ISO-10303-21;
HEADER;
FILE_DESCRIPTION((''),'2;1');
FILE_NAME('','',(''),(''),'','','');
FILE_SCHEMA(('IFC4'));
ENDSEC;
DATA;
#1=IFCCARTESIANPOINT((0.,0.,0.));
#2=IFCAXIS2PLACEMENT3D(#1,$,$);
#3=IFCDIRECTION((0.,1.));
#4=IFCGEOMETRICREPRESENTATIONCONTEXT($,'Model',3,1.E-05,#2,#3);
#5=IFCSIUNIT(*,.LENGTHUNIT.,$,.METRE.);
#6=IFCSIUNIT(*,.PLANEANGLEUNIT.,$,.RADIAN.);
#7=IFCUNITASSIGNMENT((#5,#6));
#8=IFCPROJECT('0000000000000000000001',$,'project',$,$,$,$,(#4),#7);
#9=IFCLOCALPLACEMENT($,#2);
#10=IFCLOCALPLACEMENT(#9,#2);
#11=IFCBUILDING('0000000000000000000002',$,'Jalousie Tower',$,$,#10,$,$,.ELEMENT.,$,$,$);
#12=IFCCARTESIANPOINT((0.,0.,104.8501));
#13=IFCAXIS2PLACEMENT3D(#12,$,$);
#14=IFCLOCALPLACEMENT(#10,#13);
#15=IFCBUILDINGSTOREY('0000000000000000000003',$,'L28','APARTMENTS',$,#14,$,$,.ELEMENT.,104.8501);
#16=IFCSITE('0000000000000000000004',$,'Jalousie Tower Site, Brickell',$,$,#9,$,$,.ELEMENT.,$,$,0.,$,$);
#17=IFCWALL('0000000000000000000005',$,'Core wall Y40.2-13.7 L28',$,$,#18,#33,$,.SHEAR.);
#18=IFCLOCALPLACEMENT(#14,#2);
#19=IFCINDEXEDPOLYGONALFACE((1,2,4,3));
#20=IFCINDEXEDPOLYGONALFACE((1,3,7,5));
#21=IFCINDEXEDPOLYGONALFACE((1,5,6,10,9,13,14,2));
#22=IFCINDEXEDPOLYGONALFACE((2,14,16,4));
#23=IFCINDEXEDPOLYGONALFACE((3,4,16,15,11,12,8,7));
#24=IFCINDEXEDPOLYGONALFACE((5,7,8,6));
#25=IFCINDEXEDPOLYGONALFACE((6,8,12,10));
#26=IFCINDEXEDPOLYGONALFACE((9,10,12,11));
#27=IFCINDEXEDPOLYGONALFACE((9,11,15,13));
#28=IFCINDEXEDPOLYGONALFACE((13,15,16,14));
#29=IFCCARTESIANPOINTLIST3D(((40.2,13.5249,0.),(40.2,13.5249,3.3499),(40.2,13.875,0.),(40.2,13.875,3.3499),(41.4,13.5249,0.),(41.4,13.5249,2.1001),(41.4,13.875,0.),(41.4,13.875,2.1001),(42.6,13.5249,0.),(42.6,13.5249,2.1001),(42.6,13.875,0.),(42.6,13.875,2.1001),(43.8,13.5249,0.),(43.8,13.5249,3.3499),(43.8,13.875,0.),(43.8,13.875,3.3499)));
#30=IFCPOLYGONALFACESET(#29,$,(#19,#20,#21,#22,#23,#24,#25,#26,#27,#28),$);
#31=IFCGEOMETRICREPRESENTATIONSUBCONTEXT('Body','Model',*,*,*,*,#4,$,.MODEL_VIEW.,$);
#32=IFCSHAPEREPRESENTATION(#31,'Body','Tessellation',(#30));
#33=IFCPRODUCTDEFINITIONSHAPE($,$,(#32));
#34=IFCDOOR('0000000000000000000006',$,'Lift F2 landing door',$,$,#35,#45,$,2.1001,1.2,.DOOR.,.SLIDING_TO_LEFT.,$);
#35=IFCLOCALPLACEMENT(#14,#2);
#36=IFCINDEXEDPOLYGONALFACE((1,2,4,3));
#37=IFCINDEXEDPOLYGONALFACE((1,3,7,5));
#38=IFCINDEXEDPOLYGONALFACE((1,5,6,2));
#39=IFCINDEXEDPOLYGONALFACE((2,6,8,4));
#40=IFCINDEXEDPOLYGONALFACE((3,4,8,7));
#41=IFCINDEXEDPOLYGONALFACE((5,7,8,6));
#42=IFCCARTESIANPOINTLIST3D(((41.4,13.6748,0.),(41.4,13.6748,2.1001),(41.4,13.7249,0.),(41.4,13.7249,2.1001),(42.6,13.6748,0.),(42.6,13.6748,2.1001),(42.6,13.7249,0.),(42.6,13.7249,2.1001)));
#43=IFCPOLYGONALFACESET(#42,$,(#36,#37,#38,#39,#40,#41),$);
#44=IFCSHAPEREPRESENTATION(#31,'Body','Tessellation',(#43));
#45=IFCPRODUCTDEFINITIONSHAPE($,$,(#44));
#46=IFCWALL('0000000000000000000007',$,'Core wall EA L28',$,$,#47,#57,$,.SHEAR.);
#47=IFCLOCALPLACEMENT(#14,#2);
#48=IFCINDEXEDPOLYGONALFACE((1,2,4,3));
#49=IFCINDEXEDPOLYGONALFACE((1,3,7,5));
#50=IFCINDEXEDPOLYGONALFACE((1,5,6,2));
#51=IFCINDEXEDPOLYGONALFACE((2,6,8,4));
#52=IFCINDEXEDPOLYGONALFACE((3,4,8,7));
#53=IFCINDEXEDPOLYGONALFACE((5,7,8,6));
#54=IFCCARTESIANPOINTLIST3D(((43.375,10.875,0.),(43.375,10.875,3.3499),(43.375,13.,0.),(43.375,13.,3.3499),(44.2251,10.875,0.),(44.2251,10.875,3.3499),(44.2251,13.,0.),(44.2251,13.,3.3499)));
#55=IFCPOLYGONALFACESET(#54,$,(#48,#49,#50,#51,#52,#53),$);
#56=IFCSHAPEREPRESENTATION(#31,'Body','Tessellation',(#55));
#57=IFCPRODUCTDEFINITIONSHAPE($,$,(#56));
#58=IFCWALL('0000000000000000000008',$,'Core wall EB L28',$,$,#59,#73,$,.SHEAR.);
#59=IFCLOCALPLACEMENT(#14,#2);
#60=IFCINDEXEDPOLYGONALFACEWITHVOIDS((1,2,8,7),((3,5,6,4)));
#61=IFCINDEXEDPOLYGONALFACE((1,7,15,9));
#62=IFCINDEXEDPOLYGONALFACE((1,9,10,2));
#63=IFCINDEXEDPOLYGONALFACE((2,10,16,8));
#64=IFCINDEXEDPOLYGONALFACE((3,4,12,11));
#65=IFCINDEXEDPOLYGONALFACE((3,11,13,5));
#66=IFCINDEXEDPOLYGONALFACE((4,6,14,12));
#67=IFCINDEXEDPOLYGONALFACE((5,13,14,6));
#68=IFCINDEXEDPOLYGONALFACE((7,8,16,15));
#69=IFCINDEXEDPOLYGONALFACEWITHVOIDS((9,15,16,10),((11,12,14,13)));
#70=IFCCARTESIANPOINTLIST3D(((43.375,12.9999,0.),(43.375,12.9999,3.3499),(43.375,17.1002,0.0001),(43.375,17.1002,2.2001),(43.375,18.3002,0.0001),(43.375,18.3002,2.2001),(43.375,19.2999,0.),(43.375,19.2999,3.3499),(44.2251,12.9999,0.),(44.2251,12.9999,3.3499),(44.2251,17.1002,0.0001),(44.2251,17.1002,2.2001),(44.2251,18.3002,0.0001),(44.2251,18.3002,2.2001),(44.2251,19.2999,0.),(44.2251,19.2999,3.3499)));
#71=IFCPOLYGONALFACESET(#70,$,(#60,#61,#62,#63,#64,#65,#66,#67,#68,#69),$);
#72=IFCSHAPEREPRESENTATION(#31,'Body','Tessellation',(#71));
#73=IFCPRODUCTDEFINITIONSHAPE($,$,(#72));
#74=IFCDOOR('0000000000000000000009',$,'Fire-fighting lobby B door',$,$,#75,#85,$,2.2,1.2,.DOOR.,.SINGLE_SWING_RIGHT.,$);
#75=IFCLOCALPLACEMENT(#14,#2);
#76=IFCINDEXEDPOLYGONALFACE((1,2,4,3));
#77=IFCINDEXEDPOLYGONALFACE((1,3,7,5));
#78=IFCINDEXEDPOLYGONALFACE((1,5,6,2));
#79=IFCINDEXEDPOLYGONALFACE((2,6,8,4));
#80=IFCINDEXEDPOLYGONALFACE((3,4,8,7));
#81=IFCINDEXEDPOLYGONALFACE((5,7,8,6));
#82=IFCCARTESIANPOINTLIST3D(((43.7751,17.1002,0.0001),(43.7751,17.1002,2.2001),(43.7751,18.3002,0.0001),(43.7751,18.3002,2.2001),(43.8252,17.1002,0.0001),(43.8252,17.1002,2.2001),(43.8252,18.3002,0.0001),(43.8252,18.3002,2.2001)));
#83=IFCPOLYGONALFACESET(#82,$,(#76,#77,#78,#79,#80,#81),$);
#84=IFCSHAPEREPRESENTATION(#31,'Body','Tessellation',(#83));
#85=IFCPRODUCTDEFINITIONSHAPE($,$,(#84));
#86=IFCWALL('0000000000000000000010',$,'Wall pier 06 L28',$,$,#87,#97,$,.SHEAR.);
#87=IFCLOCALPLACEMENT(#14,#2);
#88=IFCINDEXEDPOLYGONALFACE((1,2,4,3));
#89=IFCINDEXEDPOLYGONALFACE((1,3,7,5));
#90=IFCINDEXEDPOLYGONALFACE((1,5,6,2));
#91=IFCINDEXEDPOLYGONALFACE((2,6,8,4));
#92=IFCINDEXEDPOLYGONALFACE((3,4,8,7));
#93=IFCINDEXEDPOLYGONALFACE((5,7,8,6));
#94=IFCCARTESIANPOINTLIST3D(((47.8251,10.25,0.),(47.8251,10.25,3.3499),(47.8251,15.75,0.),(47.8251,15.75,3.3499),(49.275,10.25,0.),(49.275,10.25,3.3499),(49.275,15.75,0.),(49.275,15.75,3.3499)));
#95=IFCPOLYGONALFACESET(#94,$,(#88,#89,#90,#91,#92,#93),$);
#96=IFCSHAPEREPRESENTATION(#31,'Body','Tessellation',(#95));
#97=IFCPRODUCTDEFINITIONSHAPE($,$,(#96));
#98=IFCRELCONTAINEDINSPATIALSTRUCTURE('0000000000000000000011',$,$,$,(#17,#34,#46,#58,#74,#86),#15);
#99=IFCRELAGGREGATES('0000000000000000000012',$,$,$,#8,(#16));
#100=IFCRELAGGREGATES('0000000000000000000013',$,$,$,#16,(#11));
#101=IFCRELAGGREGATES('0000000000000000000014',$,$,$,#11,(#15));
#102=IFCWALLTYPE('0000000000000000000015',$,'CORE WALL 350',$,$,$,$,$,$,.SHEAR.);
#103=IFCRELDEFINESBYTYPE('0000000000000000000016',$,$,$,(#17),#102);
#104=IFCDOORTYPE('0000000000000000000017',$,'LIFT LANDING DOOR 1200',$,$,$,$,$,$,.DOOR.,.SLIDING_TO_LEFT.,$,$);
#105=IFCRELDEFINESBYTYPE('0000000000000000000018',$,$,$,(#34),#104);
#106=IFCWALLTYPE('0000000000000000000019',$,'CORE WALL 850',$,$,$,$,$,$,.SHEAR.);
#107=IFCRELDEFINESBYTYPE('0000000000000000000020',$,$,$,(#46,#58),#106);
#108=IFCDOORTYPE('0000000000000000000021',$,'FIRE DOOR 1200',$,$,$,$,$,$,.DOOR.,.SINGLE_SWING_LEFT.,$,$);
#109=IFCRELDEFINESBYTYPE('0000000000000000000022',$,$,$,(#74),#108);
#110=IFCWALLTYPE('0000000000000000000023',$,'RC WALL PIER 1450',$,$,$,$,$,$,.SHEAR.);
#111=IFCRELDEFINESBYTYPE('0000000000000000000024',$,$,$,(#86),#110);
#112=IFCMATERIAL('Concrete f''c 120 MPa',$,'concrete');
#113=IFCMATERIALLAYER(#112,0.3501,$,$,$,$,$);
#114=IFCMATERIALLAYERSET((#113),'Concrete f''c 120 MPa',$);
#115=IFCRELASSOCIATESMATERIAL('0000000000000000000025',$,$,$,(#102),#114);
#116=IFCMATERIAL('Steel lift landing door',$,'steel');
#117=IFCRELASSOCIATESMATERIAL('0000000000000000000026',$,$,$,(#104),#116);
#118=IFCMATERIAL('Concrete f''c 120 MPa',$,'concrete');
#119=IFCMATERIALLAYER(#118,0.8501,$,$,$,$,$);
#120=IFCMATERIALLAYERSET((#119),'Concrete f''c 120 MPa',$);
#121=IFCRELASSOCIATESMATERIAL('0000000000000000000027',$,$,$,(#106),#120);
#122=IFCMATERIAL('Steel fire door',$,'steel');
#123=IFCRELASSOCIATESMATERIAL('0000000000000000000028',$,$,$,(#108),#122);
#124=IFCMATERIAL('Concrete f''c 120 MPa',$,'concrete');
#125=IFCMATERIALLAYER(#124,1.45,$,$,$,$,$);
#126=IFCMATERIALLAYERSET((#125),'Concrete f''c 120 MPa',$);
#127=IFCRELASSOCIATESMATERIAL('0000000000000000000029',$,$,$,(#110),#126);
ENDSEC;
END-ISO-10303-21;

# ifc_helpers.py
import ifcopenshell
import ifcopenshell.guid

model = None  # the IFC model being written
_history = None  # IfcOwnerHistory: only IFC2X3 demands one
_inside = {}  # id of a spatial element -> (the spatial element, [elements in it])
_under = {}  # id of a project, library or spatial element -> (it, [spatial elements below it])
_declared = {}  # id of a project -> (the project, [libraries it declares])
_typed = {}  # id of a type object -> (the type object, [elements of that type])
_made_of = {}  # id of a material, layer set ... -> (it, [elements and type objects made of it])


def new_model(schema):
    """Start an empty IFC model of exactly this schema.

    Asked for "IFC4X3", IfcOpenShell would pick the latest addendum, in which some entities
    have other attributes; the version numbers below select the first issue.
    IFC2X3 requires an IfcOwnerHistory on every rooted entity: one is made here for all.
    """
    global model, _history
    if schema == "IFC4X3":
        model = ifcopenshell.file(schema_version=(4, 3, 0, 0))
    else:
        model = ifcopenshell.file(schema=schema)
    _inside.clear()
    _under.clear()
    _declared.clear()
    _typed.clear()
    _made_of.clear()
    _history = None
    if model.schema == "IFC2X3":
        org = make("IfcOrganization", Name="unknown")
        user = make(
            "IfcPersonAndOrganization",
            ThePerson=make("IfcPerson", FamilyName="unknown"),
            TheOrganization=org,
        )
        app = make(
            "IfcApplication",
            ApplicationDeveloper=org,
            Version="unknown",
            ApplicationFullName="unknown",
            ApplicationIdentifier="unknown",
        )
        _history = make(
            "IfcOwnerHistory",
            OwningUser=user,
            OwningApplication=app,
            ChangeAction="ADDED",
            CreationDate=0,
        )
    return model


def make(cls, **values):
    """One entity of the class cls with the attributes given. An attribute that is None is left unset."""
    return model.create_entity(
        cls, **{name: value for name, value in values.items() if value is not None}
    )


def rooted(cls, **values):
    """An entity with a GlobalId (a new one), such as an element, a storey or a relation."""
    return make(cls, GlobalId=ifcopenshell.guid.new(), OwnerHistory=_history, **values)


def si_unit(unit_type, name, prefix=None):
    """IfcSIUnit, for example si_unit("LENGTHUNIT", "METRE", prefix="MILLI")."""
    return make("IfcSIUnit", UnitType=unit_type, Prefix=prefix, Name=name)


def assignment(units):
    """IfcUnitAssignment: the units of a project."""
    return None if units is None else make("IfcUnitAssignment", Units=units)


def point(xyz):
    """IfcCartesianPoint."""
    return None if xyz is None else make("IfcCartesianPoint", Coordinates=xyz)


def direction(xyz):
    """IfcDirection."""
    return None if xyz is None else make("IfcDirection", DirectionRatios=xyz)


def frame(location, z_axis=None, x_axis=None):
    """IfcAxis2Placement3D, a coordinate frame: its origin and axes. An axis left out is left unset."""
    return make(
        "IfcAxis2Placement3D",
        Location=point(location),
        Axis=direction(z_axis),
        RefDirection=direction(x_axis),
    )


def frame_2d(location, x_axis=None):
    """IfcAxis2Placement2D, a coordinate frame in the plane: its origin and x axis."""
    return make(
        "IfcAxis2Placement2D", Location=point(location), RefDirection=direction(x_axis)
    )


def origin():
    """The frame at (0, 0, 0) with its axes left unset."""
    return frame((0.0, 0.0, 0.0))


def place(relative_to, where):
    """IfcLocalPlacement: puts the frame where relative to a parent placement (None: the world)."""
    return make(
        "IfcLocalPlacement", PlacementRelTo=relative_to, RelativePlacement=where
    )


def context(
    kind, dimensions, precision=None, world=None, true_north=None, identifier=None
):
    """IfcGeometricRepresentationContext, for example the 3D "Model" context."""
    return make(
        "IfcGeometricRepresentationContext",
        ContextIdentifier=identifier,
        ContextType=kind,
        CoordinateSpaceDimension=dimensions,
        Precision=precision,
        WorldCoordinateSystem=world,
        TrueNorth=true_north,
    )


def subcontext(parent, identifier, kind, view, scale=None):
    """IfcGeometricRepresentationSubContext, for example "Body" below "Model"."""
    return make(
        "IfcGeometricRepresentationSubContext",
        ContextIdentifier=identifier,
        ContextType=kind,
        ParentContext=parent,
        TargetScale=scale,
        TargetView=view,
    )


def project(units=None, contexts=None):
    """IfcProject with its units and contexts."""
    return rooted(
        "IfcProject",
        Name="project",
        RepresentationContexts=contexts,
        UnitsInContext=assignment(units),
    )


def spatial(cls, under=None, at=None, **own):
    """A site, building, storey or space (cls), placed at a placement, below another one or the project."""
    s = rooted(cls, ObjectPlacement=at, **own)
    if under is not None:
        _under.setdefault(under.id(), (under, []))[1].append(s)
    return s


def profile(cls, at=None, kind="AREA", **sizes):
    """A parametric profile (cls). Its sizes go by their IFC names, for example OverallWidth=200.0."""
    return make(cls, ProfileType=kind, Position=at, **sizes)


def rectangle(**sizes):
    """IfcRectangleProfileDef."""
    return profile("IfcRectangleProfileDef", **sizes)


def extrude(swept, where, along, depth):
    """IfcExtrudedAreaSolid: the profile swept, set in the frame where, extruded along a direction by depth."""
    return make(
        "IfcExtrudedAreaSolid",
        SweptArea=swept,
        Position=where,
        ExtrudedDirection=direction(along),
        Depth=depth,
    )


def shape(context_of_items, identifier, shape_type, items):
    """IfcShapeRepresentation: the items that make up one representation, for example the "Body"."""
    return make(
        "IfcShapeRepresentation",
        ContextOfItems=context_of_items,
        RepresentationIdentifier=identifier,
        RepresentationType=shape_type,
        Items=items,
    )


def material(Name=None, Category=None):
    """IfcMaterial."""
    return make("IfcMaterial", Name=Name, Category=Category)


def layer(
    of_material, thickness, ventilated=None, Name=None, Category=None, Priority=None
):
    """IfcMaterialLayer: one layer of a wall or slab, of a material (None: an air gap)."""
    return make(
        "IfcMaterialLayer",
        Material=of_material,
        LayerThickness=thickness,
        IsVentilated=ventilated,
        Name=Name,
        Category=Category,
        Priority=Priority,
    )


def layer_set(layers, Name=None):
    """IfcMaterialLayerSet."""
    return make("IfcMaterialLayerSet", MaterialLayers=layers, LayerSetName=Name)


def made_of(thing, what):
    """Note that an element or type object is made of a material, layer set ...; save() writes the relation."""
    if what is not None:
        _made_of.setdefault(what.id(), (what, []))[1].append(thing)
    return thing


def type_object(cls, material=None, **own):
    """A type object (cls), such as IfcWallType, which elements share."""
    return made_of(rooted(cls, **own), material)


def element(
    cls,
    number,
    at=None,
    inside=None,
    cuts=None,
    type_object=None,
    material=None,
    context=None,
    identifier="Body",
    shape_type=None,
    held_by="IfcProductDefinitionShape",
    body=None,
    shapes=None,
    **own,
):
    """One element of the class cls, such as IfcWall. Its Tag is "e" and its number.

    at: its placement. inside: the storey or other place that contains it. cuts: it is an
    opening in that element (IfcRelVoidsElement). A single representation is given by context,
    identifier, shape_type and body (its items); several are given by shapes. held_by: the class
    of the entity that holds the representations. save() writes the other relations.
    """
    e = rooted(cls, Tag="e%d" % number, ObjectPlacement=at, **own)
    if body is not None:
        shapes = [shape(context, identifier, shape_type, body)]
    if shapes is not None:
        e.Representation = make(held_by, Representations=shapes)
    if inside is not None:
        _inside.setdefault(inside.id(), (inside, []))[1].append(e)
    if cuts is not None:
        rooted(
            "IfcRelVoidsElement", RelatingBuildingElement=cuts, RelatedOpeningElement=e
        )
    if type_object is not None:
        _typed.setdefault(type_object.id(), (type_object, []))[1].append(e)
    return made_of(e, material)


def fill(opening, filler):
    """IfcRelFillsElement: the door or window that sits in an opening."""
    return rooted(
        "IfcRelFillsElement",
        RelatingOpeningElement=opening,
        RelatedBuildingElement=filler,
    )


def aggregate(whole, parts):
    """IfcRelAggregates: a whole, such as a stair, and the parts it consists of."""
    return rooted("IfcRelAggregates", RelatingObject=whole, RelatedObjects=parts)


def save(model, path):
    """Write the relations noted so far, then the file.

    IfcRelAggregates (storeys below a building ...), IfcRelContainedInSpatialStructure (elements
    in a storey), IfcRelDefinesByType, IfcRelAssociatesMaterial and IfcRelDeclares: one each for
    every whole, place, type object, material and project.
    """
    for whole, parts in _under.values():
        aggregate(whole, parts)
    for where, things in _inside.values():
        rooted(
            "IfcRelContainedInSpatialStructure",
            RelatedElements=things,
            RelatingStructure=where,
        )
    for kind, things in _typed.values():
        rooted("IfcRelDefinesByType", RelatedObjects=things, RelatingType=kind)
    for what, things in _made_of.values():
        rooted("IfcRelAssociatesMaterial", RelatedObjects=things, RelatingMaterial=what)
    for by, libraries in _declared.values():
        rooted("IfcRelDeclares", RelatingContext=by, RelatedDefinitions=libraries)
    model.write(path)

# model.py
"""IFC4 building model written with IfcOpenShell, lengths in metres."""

from ifc_helpers import new_model, si_unit, direction, frame, frame_2d, origin, place, context, subcontext, project, spatial, rectangle, extrude, material, layer, layer_set, type_object, element, fill, save


model = new_model("IFC4")

# Units and contexts
model_context = context("Model", 3, precision=1e-05, world=origin(), true_north=direction((0.0, 1.0)))
body_context = subcontext(model_context, "Body", "Model", "MODEL_VIEW")
ifc_project = project(units=[si_unit("LENGTHUNIT", "METRE"), si_unit("PLANEANGLEUNIT", "RADIAN")], contexts=[model_context])

# Site, building, storey
site_placement = place(None, origin())
site = spatial("IfcSite", under=ifc_project, at=site_placement, Name="Jalousie Tower Site, Brickell", CompositionType="ELEMENT", RefElevation=0.0)
building_placement = place(site_placement, origin())
building = spatial("IfcBuilding", under=site, at=building_placement, Name="Jalousie Tower", CompositionType="ELEMENT")
storey_placement = place(building_placement, frame((0.0, 0.0, 104.8501)))
storey = spatial("IfcBuildingStorey", under=building, at=storey_placement, Name="L28", Description="APARTMENTS", CompositionType="ELEMENT", Elevation=104.8501)

# Shared definitions
ifc_material_1 = material(Name="Concrete f'c 120 MPa", Category="concrete")
ifc_layer_1 = layer(ifc_material_1, 0.3501)
ifc_layer_set_1 = layer_set([ifc_layer_1], Name="Concrete f'c 120 MPa")
wall_type_1 = type_object("IfcWallType", Name="CORE WALL 350", PredefinedType="SHEAR", material=ifc_layer_set_1)

# Wall, opening, door
wall_1_placement = place(storey_placement, frame((40.2, 13.7, 0.0), z_axis=(0.0, 0.0, 1.0), x_axis=(1.0, 0.0, 0.0)))
wall_1 = element("IfcWall", 1, at=wall_1_placement, inside=storey, type_object=wall_type_1, Name="Core wall Y40.2-13.7 L28", PredefinedType="SHEAR", context=body_context, shape_type="SweptSolid", body=[
    extrude(rectangle(XDim=3.6001, YDim=0.3501, at=frame_2d((1.8, 0.0))), origin(), (0.0, 0.0, 1.0), 3.3499),
])
opening_1_placement = place(wall_1_placement, frame((1.2, 0.0, 0.0)))
opening_1 = element("IfcOpeningElement", 2, at=opening_1_placement, cuts=wall_1, PredefinedType="OPENING", context=body_context, shape_type="SweptSolid", body=[
    extrude(rectangle(XDim=1.2, YDim=2.1001, at=frame_2d((0.6001, 1.05))), frame((0.0, 0.1851, 0.0), z_axis=(0.0, -1.0, 0.0), x_axis=(1.0, 0.0, 0.0)), (0.0, 0.0, 1.0), 0.3701),
])
ifc_material_2 = material(Name="Steel lift landing door", Category="steel")
door_type_1 = type_object("IfcDoorType", Name="LIFT LANDING DOOR 1200", OperationType="SLIDING_TO_LEFT", PredefinedType="DOOR", material=ifc_material_2)
door_1_placement = place(opening_1_placement, origin())
door_1 = element("IfcDoor", 3, at=door_1_placement, inside=storey, type_object=door_type_1, Name="Lift F2 landing door", OperationType="SLIDING_TO_LEFT", OverallHeight=2.1001, OverallWidth=1.2, PredefinedType="DOOR", context=body_context, shape_type="SweptSolid", body=[
    extrude(rectangle(XDim=1.2, YDim=2.1001, at=frame_2d((0.6001, 1.05))), frame((0.0, 0.0249, 0.0), z_axis=(0.0, -1.0, 0.0), x_axis=(1.0, 0.0, 0.0)), (0.0, 0.0, 1.0), 0.05),
])
fill(opening_1, door_1)

# Wall
ifc_material_3 = material(Name="Concrete f'c 120 MPa", Category="concrete")
ifc_layer_2 = layer(ifc_material_3, 0.8501)
ifc_layer_set_2 = layer_set([ifc_layer_2], Name="Concrete f'c 120 MPa")
wall_type_2 = type_object("IfcWallType", Name="CORE WALL 850", PredefinedType="SHEAR", material=ifc_layer_set_2)
wall_2_placement = place(storey_placement, frame((43.8, 10.875, 0.0), z_axis=(0.0, 0.0, 1.0), x_axis=(0.0, 1.0, 0.0)))
element("IfcWall", 4, at=wall_2_placement, inside=storey, type_object=wall_type_2, Name="Core wall EA L28", PredefinedType="SHEAR", context=body_context, shape_type="SweptSolid", body=[
    extrude(rectangle(XDim=2.125, YDim=0.8501, at=frame_2d((1.0625, 0.0))), origin(), (0.0, 0.0, 1.0), 3.3499),
])

# Wall, opening, door
wall_3_placement = place(storey_placement, frame((43.8, 13.0, 0.0), z_axis=(0.0, 0.0, 1.0), x_axis=(0.0, 1.0, 0.0)))
wall_3 = element("IfcWall", 5, at=wall_3_placement, inside=storey, type_object=wall_type_2, Name="Core wall EB L28", PredefinedType="SHEAR", context=body_context, shape_type="SweptSolid", body=[
    extrude(rectangle(XDim=6.3, YDim=0.8501, at=frame_2d((3.1499, 0.0))), origin(), (0.0, 0.0, 1.0), 3.3499),
])
opening_2_placement = place(wall_3_placement, frame((4.1001, 0.0, 0.0)))
opening_2 = element("IfcOpeningElement", 6, at=opening_2_placement, cuts=wall_3, PredefinedType="OPENING", context=body_context, shape_type="SweptSolid", body=[
    extrude(rectangle(XDim=1.2, YDim=2.2, at=frame_2d((0.6001, 1.1001))), frame((0.0, 0.4351, 0.0), z_axis=(0.0, -1.0, 0.0), x_axis=(1.0, 0.0, 0.0)), (0.0, 0.0, 1.0), 0.8701),
])
ifc_material_4 = material(Name="Steel fire door", Category="steel")
door_type_2 = type_object("IfcDoorType", Name="FIRE DOOR 1200", OperationType="SINGLE_SWING_LEFT", PredefinedType="DOOR", material=ifc_material_4)
door_2_placement = place(opening_2_placement, origin())
door_2 = element("IfcDoor", 7, at=door_2_placement, inside=storey, type_object=door_type_2, Name="Fire-fighting lobby B door", OperationType="SINGLE_SWING_RIGHT", OverallHeight=2.2, OverallWidth=1.2, PredefinedType="DOOR", context=body_context, shape_type="SweptSolid", body=[
    extrude(rectangle(XDim=1.2, YDim=2.2, at=frame_2d((0.6001, 1.1001))), frame((0.0, 0.0249, 0.0), z_axis=(0.0, -1.0, 0.0), x_axis=(1.0, 0.0, 0.0)), (0.0, 0.0, 1.0), 0.05),
])
fill(opening_2, door_2)

# Wall
ifc_material_5 = material(Name="Concrete f'c 120 MPa", Category="concrete")
ifc_layer_3 = layer(ifc_material_5, 1.45)
ifc_layer_set_3 = layer_set([ifc_layer_3], Name="Concrete f'c 120 MPa")
wall_type_3 = type_object("IfcWallType", Name="RC WALL PIER 1450", PredefinedType="SHEAR", material=ifc_layer_set_3)
wall_4_placement = place(storey_placement, frame((48.55, 10.25, 0.0), z_axis=(0.0, 0.0, 1.0), x_axis=(0.0, 1.0, 0.0)))
element("IfcWall", 8, at=wall_4_placement, inside=storey, type_object=wall_type_3, Name="Wall pier 06 L28", PredefinedType="SHEAR", context=body_context, shape_type="SweptSolid", body=[
    extrude(rectangle(XDim=5.5, YDim=1.45, at=frame_2d((2.75, 0.0))), origin(), (0.0, 0.0, 1.0), 3.3499),
])

save(model, "model.ifc")
